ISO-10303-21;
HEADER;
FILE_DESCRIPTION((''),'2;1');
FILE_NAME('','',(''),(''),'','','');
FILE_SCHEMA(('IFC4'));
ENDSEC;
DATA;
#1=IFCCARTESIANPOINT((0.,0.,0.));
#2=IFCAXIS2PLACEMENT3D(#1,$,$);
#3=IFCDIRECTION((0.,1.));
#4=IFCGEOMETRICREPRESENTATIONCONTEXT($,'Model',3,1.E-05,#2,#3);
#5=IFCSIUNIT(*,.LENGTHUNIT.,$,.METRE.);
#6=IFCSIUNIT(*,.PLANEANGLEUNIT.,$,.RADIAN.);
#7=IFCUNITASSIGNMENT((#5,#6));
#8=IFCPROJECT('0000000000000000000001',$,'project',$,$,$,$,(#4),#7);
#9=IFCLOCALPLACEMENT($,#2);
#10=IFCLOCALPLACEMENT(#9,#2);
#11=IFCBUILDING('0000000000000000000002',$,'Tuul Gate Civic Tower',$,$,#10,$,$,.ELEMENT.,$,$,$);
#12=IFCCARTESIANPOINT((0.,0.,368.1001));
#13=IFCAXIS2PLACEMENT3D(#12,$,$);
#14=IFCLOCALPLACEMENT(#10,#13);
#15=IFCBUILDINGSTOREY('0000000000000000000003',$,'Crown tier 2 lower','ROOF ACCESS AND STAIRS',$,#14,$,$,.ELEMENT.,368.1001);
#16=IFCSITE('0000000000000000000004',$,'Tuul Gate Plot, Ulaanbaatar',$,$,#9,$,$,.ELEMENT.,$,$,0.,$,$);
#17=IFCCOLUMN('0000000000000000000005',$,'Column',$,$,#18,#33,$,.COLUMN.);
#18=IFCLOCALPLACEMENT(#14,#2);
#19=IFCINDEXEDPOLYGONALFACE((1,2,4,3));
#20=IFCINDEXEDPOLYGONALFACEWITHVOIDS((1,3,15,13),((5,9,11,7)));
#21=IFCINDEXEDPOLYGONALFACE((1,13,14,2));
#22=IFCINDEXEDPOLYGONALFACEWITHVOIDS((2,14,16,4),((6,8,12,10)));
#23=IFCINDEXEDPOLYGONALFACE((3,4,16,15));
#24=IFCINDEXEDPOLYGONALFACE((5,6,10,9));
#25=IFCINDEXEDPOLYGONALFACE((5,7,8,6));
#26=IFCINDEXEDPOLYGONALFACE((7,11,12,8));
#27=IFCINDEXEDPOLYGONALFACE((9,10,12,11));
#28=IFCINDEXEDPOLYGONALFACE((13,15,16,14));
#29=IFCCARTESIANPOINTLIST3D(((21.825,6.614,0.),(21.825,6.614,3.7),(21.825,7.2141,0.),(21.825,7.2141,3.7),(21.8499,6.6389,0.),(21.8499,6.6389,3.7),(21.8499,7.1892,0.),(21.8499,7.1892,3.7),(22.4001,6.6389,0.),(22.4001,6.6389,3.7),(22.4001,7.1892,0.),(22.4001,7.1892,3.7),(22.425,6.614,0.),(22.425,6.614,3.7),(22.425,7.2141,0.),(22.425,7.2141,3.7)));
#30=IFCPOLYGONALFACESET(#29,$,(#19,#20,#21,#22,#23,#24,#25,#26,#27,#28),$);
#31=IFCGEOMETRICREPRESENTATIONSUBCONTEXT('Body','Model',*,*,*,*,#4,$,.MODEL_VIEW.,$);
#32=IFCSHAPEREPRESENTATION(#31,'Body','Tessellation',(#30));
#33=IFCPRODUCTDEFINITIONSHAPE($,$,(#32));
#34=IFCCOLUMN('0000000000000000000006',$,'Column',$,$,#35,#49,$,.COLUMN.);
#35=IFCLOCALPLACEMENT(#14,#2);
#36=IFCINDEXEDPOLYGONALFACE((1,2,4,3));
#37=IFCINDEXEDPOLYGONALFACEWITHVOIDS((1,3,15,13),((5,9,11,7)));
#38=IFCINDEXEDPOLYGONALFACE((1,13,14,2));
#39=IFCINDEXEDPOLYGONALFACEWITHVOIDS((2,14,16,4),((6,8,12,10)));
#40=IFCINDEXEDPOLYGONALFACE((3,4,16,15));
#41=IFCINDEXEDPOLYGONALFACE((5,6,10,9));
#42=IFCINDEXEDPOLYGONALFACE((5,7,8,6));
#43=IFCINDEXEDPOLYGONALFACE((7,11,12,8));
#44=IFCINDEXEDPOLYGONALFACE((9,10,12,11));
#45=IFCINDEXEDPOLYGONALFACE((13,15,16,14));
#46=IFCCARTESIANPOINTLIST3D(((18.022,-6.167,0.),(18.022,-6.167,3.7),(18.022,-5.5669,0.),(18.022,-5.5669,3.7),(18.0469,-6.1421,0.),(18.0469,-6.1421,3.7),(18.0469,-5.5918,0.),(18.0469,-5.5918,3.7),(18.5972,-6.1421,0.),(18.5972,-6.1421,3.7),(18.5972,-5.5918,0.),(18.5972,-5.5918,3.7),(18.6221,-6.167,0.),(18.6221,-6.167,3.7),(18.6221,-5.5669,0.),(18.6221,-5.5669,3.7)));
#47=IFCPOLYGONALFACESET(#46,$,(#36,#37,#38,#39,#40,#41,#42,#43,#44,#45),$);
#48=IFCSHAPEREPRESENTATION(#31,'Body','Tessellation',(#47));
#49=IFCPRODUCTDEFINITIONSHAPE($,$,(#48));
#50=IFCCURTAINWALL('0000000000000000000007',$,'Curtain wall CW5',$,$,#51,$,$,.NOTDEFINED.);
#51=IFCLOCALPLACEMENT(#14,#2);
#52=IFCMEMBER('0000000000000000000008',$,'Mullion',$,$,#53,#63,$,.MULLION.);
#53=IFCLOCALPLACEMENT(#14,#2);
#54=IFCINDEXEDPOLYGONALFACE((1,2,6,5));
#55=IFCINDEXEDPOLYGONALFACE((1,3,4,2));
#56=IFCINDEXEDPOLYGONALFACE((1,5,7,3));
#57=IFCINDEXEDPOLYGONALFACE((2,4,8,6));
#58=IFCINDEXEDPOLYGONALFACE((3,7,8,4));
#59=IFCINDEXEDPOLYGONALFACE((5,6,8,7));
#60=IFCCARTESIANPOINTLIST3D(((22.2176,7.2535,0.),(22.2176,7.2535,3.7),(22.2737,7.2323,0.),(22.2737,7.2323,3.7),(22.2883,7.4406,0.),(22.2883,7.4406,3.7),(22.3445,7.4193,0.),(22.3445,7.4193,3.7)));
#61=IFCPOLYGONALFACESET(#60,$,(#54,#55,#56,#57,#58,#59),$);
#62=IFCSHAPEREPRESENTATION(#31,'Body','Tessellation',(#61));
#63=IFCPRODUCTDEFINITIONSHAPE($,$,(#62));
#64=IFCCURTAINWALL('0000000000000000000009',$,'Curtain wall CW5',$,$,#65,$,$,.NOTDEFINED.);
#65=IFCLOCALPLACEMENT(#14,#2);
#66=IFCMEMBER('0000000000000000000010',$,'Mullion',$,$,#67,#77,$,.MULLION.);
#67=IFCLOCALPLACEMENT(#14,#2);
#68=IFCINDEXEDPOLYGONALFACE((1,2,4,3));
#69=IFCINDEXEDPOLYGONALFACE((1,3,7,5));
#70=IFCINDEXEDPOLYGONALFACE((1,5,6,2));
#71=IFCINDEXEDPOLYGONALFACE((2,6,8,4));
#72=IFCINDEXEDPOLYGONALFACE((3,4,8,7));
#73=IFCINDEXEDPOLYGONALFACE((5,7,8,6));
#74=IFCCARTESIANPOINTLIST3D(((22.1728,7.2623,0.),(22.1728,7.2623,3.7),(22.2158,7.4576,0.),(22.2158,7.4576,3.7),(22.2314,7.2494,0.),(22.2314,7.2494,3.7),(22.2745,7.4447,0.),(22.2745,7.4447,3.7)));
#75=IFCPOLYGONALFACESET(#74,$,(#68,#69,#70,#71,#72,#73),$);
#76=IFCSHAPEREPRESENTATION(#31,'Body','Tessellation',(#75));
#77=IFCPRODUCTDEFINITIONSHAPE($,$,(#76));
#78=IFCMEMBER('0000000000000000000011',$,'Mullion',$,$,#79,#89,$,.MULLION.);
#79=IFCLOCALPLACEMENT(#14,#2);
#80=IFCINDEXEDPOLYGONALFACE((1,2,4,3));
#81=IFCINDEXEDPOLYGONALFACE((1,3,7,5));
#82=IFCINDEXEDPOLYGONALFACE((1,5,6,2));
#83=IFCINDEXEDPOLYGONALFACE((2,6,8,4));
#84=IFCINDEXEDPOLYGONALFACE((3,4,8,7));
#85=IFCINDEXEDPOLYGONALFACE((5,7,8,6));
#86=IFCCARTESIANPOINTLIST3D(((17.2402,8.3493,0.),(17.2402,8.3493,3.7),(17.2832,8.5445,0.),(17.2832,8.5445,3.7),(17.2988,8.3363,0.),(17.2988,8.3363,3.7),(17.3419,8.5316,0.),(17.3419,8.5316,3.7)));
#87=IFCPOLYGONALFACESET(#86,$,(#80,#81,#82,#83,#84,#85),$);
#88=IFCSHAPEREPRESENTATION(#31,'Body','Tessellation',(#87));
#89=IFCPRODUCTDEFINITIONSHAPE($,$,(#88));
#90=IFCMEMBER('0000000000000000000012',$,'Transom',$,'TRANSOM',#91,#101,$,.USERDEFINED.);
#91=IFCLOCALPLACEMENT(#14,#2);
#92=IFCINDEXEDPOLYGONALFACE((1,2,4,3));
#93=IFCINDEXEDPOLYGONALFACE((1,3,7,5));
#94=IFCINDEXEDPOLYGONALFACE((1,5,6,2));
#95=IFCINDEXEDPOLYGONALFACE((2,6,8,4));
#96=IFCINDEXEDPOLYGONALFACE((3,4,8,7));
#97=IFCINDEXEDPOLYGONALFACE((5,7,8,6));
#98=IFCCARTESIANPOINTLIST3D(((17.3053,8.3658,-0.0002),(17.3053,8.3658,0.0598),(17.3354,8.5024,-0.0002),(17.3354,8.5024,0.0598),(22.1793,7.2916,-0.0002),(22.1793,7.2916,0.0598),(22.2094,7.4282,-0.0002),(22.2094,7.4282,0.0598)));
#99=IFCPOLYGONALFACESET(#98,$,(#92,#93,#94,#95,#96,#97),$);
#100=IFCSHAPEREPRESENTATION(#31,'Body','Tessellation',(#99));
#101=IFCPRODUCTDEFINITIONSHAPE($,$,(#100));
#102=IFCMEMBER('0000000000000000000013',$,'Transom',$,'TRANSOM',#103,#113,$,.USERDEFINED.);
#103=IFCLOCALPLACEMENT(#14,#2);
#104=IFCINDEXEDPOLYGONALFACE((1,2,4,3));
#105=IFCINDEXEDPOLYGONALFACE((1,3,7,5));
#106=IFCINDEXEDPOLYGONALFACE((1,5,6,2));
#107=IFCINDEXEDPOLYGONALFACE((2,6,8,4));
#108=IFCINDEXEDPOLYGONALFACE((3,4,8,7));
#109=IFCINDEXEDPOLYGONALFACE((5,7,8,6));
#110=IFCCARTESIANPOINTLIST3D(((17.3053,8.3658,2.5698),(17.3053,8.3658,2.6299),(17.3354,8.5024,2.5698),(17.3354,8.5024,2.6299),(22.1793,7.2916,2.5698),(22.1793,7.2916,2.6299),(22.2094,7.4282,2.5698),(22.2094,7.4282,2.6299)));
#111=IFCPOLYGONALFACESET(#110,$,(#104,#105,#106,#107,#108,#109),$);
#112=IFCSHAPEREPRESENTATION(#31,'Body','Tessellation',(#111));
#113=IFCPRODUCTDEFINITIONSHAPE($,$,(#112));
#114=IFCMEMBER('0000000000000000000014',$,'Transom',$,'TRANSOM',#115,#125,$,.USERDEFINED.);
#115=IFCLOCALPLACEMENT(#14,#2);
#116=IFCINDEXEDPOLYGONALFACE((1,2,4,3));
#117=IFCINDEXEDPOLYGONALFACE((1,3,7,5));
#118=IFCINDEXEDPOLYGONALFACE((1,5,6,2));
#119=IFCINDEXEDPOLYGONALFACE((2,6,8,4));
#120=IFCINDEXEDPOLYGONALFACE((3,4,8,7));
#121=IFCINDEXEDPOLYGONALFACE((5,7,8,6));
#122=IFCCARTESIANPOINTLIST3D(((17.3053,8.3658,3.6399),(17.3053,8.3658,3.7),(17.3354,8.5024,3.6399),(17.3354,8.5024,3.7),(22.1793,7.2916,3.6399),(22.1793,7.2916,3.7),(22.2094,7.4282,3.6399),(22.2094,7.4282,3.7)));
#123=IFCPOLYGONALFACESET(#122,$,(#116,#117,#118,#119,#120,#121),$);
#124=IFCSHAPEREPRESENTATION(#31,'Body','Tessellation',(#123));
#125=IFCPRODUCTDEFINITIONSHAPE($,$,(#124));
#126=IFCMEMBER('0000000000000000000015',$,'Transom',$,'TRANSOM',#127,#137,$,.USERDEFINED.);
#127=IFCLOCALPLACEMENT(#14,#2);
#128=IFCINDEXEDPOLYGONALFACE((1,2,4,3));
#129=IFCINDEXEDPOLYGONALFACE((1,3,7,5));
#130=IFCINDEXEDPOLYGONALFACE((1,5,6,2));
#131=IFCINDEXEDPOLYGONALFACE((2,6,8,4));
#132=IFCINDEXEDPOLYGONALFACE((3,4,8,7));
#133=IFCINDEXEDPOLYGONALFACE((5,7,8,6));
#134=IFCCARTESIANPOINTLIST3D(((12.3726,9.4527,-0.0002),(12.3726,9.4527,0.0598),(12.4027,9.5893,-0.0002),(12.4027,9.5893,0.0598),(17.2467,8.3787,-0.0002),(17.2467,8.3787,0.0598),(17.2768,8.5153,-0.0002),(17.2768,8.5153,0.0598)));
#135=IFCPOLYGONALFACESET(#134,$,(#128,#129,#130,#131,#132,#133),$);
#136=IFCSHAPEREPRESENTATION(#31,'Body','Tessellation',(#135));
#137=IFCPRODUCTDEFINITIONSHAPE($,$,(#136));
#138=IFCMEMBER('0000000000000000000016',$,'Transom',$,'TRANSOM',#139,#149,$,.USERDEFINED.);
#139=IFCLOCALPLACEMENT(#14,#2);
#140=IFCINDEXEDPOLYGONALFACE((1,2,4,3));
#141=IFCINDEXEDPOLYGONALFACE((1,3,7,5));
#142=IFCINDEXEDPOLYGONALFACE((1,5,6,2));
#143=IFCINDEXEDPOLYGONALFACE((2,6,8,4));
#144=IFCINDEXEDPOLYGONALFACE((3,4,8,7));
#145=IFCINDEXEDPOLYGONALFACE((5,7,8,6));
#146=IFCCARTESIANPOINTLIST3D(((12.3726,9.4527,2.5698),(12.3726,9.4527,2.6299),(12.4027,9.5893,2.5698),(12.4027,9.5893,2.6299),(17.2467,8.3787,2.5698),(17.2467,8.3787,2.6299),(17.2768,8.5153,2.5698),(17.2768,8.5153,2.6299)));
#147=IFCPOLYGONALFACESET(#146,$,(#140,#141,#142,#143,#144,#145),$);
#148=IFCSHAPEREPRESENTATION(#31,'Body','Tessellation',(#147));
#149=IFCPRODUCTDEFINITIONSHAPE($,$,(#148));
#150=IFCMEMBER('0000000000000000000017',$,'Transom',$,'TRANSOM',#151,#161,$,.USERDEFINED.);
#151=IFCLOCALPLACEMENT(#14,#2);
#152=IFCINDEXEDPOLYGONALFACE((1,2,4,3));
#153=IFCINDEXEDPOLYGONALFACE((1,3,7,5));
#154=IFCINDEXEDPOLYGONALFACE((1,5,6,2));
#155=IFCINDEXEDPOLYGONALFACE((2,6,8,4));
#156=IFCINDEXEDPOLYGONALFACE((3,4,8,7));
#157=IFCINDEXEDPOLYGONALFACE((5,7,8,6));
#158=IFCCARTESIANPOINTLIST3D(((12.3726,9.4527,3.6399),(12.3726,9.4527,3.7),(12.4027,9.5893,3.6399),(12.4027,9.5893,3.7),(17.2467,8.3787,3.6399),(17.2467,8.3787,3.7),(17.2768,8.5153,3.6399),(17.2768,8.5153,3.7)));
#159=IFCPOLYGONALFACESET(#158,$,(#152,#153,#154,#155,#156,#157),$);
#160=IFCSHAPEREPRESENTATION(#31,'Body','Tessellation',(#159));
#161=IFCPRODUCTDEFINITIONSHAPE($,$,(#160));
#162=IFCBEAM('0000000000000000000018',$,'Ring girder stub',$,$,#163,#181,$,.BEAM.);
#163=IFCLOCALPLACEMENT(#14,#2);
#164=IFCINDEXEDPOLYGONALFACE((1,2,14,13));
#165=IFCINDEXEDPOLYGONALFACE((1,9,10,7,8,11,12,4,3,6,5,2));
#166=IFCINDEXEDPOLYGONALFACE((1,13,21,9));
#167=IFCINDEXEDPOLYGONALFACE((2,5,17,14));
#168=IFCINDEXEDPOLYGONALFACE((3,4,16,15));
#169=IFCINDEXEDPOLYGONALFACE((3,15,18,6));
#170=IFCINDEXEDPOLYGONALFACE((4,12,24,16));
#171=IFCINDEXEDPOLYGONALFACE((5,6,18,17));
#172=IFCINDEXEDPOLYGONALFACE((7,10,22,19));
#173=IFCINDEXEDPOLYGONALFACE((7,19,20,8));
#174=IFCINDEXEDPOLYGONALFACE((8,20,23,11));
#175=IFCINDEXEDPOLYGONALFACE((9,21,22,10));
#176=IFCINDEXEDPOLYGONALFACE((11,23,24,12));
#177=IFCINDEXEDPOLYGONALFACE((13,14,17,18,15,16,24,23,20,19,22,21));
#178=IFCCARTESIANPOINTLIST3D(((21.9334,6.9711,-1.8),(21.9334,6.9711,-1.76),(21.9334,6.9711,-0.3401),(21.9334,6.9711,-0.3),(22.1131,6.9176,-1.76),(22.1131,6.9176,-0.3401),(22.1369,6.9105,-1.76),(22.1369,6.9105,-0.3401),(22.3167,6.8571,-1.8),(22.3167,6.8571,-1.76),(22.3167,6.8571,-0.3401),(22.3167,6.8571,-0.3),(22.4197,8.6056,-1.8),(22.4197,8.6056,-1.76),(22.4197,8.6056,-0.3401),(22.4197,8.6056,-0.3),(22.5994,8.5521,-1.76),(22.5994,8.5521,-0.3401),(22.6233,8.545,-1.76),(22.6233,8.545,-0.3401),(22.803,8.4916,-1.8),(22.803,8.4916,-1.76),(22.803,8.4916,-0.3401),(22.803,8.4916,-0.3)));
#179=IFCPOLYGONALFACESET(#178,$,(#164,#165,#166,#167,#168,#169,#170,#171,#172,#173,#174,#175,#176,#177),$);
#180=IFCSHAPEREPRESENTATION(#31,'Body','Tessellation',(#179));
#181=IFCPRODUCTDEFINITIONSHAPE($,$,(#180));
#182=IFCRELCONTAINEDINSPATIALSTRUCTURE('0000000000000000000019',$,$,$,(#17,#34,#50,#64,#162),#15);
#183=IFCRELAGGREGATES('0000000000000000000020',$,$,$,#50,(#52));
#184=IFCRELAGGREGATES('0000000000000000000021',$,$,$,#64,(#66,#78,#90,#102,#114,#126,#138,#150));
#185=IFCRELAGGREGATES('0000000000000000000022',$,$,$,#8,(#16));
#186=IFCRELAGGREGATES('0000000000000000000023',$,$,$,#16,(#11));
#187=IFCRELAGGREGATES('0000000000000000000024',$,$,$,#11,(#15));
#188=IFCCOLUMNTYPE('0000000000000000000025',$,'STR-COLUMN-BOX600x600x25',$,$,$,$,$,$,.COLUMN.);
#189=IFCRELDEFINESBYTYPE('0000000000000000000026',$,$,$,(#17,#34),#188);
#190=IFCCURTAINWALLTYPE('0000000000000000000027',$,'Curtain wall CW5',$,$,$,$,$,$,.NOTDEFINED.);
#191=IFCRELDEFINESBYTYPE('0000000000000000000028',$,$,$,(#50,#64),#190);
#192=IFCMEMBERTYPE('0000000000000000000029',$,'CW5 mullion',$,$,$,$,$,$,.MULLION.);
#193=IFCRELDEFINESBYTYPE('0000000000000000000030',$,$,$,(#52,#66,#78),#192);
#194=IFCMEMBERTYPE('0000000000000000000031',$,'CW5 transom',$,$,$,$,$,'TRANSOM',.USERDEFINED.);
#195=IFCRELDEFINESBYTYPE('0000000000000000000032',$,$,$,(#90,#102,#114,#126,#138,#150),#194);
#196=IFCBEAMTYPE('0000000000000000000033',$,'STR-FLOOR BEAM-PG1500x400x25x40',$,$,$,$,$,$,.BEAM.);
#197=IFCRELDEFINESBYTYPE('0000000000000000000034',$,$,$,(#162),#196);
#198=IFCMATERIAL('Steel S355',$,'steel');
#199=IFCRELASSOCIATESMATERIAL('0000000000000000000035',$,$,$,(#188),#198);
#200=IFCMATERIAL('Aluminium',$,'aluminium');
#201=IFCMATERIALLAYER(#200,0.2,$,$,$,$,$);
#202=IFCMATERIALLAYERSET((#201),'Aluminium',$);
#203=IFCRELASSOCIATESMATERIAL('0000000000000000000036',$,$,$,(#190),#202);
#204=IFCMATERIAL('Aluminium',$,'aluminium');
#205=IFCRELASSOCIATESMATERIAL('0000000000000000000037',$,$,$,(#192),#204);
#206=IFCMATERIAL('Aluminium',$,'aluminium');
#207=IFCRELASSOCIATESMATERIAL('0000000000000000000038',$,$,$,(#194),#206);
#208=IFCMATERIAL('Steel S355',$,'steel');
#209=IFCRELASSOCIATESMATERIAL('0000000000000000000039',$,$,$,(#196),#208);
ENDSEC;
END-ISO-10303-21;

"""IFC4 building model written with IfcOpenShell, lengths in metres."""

from ifc_helpers import new_model, si_unit, direction, frame, origin, origin_2d, place, context, subcontext, project, spatial, rectangle, hollow_rectangle, i_section, extrude, material, layer, layer_set, material_profile, profile_set, type_object, element, aggregate, save


model = new_model("IFC4")

# Units and contexts
model_context = context("Model", 3, precision=1e-05, world=origin(), true_north=direction((0.0, 1.0)))
body_context = subcontext(model_context, "Body", "Model", "MODEL_VIEW")
ifc_project = project(units=[si_unit("LENGTHUNIT", "METRE"), si_unit("PLANEANGLEUNIT", "RADIAN")], contexts=[model_context])

# Site, building, storey
site_placement = place(None, origin())
site = spatial("IfcSite", under=ifc_project, at=site_placement, Name="Tuul Gate Plot, Ulaanbaatar", CompositionType="ELEMENT", RefElevation=0.0)
building_placement = place(site_placement, origin())
building = spatial("IfcBuilding", under=site, at=building_placement, Name="Tuul Gate Civic Tower", CompositionType="ELEMENT")
storey_placement = place(building_placement, frame((0.0, 0.0, 368.1001)))
storey = spatial("IfcBuildingStorey", under=building, at=storey_placement, Name="Crown tier 2 lower", Description="ROOF ACCESS AND STAIRS", CompositionType="ELEMENT", Elevation=368.1001)

# Columns
ifc_material_1 = material(Name="Steel S355", Category="steel")
ifc_material_profile_1 = material_profile(ifc_material_1, hollow_rectangle(XDim=0.6001, YDim=0.6001, WallThickness=0.0249, at=origin_2d()), Name="BOX600x600x25")
ifc_profile_set_1 = profile_set([ifc_material_profile_1], Name="Steel S355")
column_type = type_object("IfcColumnType", Name="STR-COLUMN-BOX600x600x25", PredefinedType="COLUMN", material=ifc_profile_set_1)
for number, where, z_axis, x_axis, name in (
    (1, (22.125, 6.9141, 0.0), (0.0, 0.0, 1.0), (1.0, 0.0, 0.0), "Column"),
    (2, (18.322, -5.8669, 0.0), (0.0, 0.0, 1.0), (1.0, 0.0, 0.0), "Column"),
):
    element("IfcColumn", number, at=place(storey_placement, frame(where, z_axis=z_axis, x_axis=x_axis)), inside=storey, type_object=column_type, Name=name, PredefinedType="COLUMN", context=body_context, shape_type="SweptSolid", body=[
        extrude(hollow_rectangle(XDim=0.6001, YDim=0.6001, WallThickness=0.0249, at=origin_2d()), origin(), (0.0, 0.0, 1.0), 3.7),
    ])

# Curtain wall, member
ifc_material_2 = material(Name="Aluminium", Category="aluminium")
ifc_layer_1 = layer(ifc_material_2, 0.2)
ifc_layer_set_1 = layer_set([ifc_layer_1], Name="Aluminium")
curtain_wall_type = type_object("IfcCurtainWallType", Name="Curtain wall CW5", PredefinedType="NOTDEFINED", material=ifc_layer_set_1)
curtain_wall_1_placement = place(storey_placement, origin())
curtain_wall_1 = element("IfcCurtainWall", 3, at=curtain_wall_1_placement, inside=storey, type_object=curtain_wall_type, Name="Curtain wall CW5", PredefinedType="NOTDEFINED")
ifc_material_3 = material(Name="Aluminium", Category="aluminium")
ifc_material_profile_2 = material_profile(ifc_material_3, rectangle(XDim=0.2, YDim=0.0601, at=origin_2d()), Name="CW5 mullion")
ifc_profile_set_2 = profile_set([ifc_material_profile_2], Name="Aluminium")
member_type_1 = type_object("IfcMemberType", Name="CW5 mullion", PredefinedType="MULLION", material=ifc_profile_set_2)
member_1_placement = place(storey_placement, frame((22.281, 7.3364, 0.0), z_axis=(0.0, 0.0, 1.0), x_axis=(-0.353646, -0.935379, 0.0)))
member_1 = element("IfcMember", 4, at=member_1_placement, type_object=member_type_1, Name="Mullion", PredefinedType="MULLION", context=body_context, shape_type="SweptSolid", body=[
    extrude(rectangle(XDim=0.2, YDim=0.0601, at=origin_2d()), origin(), (0.0, 0.0, 1.0), 3.7),
])
aggregate(curtain_wall_1, [member_1])

# Curtain wall, members
curtain_wall_2_placement = place(storey_placement, origin())
curtain_wall_2 = element("IfcCurtainWall", 5, at=curtain_wall_2_placement, inside=storey, type_object=curtain_wall_type, Name="Curtain wall CW5", PredefinedType="NOTDEFINED")
member_2_placement = place(storey_placement, frame((22.2236, 7.3535, 0.0), z_axis=(0.0, 0.0, 1.0), x_axis=(-0.215211, -0.976568, 0.0)))
member_2 = element("IfcMember", 6, at=member_2_placement, type_object=member_type_1, Name="Mullion", PredefinedType="MULLION", context=body_context, shape_type="SweptSolid", body=[
    extrude(rectangle(XDim=0.2, YDim=0.0601, at=origin_2d()), origin(), (0.0, 0.0, 1.0), 3.7),
])
member_3_placement = place(storey_placement, frame((17.291, 8.4404, 0.0), z_axis=(0.0, 0.0, 1.0), x_axis=(-0.215211, -0.976568, 0.0)))
member_3 = element("IfcMember", 7, at=member_3_placement, type_object=member_type_1, Name="Mullion", PredefinedType="MULLION", context=body_context, shape_type="SweptSolid", body=[
    extrude(rectangle(XDim=0.2, YDim=0.0601, at=origin_2d()), origin(), (0.0, 0.0, 1.0), 3.7),
])
ifc_material_4 = material(Name="Aluminium", Category="aluminium")
ifc_material_profile_3 = material_profile(ifc_material_4, rectangle(XDim=0.1399, YDim=0.0601, at=origin_2d()), Name="CW5 transom")
ifc_profile_set_3 = profile_set([ifc_material_profile_3], Name="Aluminium")
member_type_2 = type_object("IfcMemberType", Name="CW5 transom", ElementType="TRANSOM", PredefinedType="USERDEFINED", material=ifc_profile_set_3)
member_4_placement = place(storey_placement, frame((22.1943, 7.3599, 0.0298), z_axis=(-0.976563, 0.215231, 0.0), x_axis=(-0.215231, -0.976563, 0.0)))
member_4 = element("IfcMember", 8, at=member_4_placement, type_object=member_type_2, Name="Transom", ObjectType="TRANSOM", PredefinedType="USERDEFINED", context=body_context, shape_type="SweptSolid", body=[
    extrude(rectangle(XDim=0.1399, YDim=0.0601, at=origin_2d()), origin(), (0.0, 0.0, 1.0), 4.991),
])
member_5_placement = place(storey_placement, frame((22.1943, 7.3599, 2.5999), z_axis=(-0.976563, 0.215231, 0.0), x_axis=(-0.215231, -0.976563, 0.0)))
member_5 = element("IfcMember", 9, at=member_5_placement, type_object=member_type_2, Name="Transom", ObjectType="TRANSOM", PredefinedType="USERDEFINED", context=body_context, shape_type="SweptSolid", body=[
    extrude(rectangle(XDim=0.1399, YDim=0.0601, at=origin_2d()), origin(), (0.0, 0.0, 1.0), 4.991),
])
member_6_placement = place(storey_placement, frame((22.1943, 7.3599, 3.6699), z_axis=(-0.976563, 0.215231, 0.0), x_axis=(-0.215231, -0.976563, 0.0)))
member_6 = element("IfcMember", 10, at=member_6_placement, type_object=member_type_2, Name="Transom", ObjectType="TRANSOM", PredefinedType="USERDEFINED", context=body_context, shape_type="SweptSolid", body=[
    extrude(rectangle(XDim=0.1399, YDim=0.0601, at=origin_2d()), origin(), (0.0, 0.0, 1.0), 4.991),
])
member_7_placement = place(storey_placement, frame((17.2617, 8.447, 0.0298), z_axis=(-0.976573, 0.215185, 0.0), x_axis=(-0.215185, -0.976573, 0.0)))
member_7 = element("IfcMember", 11, at=member_7_placement, type_object=member_type_2, Name="Transom", ObjectType="TRANSOM", PredefinedType="USERDEFINED", context=body_context, shape_type="SweptSolid", body=[
    extrude(rectangle(XDim=0.1399, YDim=0.0601, at=origin_2d()), origin(), (0.0, 0.0, 1.0), 4.991),
])
member_8_placement = place(storey_placement, frame((17.2617, 8.447, 2.5999), z_axis=(-0.976573, 0.215185, 0.0), x_axis=(-0.215185, -0.976573, 0.0)))
member_8 = element("IfcMember", 12, at=member_8_placement, type_object=member_type_2, Name="Transom", ObjectType="TRANSOM", PredefinedType="USERDEFINED", context=body_context, shape_type="SweptSolid", body=[
    extrude(rectangle(XDim=0.1399, YDim=0.0601, at=origin_2d()), origin(), (0.0, 0.0, 1.0), 4.991),
])
member_9_placement = place(storey_placement, frame((17.2617, 8.447, 3.6699), z_axis=(-0.976573, 0.215185, 0.0), x_axis=(-0.215185, -0.976573, 0.0)))
member_9 = element("IfcMember", 13, at=member_9_placement, type_object=member_type_2, Name="Transom", ObjectType="TRANSOM", PredefinedType="USERDEFINED", context=body_context, shape_type="SweptSolid", body=[
    extrude(rectangle(XDim=0.1399, YDim=0.0601, at=origin_2d()), origin(), (0.0, 0.0, 1.0), 4.991),
])

# Beam
ifc_material_5 = material(Name="Steel S355", Category="steel")
ifc_material_profile_4 = material_profile(ifc_material_5, i_section(OverallWidth=0.3999, OverallDepth=1.5, WebThickness=0.0249, FlangeThickness=0.04, at=origin_2d()), Name="PG1500x400x25x40")
ifc_profile_set_4 = profile_set([ifc_material_profile_4], Name="Steel S355")
beam_type_1 = type_object("IfcBeamType", Name="STR-FLOOR BEAM-PG1500x400x25x40", PredefinedType="BEAM", material=ifc_profile_set_4)
beam_1_placement = place(storey_placement, frame((22.6113, 8.5486, -1.05), z_axis=(-0.28518, -0.958474, 0.0), x_axis=(0.958474, -0.28518, 0.0)))
element("IfcBeam", 14, at=beam_1_placement, inside=storey, type_object=beam_type_1, Name="Ring girder stub", PredefinedType="BEAM", context=body_context, shape_type="SweptSolid", body=[
    extrude(i_section(OverallWidth=0.3999, OverallDepth=1.5, WebThickness=0.0249, FlangeThickness=0.04, at=origin_2d()), origin(), (0.0, 0.0, 1.0), 1.7053),
])

aggregate(curtain_wall_2, [member_2, member_3, member_4, member_5, member_6, member_7, member_8, member_9])

save(model, "model.ifc")
